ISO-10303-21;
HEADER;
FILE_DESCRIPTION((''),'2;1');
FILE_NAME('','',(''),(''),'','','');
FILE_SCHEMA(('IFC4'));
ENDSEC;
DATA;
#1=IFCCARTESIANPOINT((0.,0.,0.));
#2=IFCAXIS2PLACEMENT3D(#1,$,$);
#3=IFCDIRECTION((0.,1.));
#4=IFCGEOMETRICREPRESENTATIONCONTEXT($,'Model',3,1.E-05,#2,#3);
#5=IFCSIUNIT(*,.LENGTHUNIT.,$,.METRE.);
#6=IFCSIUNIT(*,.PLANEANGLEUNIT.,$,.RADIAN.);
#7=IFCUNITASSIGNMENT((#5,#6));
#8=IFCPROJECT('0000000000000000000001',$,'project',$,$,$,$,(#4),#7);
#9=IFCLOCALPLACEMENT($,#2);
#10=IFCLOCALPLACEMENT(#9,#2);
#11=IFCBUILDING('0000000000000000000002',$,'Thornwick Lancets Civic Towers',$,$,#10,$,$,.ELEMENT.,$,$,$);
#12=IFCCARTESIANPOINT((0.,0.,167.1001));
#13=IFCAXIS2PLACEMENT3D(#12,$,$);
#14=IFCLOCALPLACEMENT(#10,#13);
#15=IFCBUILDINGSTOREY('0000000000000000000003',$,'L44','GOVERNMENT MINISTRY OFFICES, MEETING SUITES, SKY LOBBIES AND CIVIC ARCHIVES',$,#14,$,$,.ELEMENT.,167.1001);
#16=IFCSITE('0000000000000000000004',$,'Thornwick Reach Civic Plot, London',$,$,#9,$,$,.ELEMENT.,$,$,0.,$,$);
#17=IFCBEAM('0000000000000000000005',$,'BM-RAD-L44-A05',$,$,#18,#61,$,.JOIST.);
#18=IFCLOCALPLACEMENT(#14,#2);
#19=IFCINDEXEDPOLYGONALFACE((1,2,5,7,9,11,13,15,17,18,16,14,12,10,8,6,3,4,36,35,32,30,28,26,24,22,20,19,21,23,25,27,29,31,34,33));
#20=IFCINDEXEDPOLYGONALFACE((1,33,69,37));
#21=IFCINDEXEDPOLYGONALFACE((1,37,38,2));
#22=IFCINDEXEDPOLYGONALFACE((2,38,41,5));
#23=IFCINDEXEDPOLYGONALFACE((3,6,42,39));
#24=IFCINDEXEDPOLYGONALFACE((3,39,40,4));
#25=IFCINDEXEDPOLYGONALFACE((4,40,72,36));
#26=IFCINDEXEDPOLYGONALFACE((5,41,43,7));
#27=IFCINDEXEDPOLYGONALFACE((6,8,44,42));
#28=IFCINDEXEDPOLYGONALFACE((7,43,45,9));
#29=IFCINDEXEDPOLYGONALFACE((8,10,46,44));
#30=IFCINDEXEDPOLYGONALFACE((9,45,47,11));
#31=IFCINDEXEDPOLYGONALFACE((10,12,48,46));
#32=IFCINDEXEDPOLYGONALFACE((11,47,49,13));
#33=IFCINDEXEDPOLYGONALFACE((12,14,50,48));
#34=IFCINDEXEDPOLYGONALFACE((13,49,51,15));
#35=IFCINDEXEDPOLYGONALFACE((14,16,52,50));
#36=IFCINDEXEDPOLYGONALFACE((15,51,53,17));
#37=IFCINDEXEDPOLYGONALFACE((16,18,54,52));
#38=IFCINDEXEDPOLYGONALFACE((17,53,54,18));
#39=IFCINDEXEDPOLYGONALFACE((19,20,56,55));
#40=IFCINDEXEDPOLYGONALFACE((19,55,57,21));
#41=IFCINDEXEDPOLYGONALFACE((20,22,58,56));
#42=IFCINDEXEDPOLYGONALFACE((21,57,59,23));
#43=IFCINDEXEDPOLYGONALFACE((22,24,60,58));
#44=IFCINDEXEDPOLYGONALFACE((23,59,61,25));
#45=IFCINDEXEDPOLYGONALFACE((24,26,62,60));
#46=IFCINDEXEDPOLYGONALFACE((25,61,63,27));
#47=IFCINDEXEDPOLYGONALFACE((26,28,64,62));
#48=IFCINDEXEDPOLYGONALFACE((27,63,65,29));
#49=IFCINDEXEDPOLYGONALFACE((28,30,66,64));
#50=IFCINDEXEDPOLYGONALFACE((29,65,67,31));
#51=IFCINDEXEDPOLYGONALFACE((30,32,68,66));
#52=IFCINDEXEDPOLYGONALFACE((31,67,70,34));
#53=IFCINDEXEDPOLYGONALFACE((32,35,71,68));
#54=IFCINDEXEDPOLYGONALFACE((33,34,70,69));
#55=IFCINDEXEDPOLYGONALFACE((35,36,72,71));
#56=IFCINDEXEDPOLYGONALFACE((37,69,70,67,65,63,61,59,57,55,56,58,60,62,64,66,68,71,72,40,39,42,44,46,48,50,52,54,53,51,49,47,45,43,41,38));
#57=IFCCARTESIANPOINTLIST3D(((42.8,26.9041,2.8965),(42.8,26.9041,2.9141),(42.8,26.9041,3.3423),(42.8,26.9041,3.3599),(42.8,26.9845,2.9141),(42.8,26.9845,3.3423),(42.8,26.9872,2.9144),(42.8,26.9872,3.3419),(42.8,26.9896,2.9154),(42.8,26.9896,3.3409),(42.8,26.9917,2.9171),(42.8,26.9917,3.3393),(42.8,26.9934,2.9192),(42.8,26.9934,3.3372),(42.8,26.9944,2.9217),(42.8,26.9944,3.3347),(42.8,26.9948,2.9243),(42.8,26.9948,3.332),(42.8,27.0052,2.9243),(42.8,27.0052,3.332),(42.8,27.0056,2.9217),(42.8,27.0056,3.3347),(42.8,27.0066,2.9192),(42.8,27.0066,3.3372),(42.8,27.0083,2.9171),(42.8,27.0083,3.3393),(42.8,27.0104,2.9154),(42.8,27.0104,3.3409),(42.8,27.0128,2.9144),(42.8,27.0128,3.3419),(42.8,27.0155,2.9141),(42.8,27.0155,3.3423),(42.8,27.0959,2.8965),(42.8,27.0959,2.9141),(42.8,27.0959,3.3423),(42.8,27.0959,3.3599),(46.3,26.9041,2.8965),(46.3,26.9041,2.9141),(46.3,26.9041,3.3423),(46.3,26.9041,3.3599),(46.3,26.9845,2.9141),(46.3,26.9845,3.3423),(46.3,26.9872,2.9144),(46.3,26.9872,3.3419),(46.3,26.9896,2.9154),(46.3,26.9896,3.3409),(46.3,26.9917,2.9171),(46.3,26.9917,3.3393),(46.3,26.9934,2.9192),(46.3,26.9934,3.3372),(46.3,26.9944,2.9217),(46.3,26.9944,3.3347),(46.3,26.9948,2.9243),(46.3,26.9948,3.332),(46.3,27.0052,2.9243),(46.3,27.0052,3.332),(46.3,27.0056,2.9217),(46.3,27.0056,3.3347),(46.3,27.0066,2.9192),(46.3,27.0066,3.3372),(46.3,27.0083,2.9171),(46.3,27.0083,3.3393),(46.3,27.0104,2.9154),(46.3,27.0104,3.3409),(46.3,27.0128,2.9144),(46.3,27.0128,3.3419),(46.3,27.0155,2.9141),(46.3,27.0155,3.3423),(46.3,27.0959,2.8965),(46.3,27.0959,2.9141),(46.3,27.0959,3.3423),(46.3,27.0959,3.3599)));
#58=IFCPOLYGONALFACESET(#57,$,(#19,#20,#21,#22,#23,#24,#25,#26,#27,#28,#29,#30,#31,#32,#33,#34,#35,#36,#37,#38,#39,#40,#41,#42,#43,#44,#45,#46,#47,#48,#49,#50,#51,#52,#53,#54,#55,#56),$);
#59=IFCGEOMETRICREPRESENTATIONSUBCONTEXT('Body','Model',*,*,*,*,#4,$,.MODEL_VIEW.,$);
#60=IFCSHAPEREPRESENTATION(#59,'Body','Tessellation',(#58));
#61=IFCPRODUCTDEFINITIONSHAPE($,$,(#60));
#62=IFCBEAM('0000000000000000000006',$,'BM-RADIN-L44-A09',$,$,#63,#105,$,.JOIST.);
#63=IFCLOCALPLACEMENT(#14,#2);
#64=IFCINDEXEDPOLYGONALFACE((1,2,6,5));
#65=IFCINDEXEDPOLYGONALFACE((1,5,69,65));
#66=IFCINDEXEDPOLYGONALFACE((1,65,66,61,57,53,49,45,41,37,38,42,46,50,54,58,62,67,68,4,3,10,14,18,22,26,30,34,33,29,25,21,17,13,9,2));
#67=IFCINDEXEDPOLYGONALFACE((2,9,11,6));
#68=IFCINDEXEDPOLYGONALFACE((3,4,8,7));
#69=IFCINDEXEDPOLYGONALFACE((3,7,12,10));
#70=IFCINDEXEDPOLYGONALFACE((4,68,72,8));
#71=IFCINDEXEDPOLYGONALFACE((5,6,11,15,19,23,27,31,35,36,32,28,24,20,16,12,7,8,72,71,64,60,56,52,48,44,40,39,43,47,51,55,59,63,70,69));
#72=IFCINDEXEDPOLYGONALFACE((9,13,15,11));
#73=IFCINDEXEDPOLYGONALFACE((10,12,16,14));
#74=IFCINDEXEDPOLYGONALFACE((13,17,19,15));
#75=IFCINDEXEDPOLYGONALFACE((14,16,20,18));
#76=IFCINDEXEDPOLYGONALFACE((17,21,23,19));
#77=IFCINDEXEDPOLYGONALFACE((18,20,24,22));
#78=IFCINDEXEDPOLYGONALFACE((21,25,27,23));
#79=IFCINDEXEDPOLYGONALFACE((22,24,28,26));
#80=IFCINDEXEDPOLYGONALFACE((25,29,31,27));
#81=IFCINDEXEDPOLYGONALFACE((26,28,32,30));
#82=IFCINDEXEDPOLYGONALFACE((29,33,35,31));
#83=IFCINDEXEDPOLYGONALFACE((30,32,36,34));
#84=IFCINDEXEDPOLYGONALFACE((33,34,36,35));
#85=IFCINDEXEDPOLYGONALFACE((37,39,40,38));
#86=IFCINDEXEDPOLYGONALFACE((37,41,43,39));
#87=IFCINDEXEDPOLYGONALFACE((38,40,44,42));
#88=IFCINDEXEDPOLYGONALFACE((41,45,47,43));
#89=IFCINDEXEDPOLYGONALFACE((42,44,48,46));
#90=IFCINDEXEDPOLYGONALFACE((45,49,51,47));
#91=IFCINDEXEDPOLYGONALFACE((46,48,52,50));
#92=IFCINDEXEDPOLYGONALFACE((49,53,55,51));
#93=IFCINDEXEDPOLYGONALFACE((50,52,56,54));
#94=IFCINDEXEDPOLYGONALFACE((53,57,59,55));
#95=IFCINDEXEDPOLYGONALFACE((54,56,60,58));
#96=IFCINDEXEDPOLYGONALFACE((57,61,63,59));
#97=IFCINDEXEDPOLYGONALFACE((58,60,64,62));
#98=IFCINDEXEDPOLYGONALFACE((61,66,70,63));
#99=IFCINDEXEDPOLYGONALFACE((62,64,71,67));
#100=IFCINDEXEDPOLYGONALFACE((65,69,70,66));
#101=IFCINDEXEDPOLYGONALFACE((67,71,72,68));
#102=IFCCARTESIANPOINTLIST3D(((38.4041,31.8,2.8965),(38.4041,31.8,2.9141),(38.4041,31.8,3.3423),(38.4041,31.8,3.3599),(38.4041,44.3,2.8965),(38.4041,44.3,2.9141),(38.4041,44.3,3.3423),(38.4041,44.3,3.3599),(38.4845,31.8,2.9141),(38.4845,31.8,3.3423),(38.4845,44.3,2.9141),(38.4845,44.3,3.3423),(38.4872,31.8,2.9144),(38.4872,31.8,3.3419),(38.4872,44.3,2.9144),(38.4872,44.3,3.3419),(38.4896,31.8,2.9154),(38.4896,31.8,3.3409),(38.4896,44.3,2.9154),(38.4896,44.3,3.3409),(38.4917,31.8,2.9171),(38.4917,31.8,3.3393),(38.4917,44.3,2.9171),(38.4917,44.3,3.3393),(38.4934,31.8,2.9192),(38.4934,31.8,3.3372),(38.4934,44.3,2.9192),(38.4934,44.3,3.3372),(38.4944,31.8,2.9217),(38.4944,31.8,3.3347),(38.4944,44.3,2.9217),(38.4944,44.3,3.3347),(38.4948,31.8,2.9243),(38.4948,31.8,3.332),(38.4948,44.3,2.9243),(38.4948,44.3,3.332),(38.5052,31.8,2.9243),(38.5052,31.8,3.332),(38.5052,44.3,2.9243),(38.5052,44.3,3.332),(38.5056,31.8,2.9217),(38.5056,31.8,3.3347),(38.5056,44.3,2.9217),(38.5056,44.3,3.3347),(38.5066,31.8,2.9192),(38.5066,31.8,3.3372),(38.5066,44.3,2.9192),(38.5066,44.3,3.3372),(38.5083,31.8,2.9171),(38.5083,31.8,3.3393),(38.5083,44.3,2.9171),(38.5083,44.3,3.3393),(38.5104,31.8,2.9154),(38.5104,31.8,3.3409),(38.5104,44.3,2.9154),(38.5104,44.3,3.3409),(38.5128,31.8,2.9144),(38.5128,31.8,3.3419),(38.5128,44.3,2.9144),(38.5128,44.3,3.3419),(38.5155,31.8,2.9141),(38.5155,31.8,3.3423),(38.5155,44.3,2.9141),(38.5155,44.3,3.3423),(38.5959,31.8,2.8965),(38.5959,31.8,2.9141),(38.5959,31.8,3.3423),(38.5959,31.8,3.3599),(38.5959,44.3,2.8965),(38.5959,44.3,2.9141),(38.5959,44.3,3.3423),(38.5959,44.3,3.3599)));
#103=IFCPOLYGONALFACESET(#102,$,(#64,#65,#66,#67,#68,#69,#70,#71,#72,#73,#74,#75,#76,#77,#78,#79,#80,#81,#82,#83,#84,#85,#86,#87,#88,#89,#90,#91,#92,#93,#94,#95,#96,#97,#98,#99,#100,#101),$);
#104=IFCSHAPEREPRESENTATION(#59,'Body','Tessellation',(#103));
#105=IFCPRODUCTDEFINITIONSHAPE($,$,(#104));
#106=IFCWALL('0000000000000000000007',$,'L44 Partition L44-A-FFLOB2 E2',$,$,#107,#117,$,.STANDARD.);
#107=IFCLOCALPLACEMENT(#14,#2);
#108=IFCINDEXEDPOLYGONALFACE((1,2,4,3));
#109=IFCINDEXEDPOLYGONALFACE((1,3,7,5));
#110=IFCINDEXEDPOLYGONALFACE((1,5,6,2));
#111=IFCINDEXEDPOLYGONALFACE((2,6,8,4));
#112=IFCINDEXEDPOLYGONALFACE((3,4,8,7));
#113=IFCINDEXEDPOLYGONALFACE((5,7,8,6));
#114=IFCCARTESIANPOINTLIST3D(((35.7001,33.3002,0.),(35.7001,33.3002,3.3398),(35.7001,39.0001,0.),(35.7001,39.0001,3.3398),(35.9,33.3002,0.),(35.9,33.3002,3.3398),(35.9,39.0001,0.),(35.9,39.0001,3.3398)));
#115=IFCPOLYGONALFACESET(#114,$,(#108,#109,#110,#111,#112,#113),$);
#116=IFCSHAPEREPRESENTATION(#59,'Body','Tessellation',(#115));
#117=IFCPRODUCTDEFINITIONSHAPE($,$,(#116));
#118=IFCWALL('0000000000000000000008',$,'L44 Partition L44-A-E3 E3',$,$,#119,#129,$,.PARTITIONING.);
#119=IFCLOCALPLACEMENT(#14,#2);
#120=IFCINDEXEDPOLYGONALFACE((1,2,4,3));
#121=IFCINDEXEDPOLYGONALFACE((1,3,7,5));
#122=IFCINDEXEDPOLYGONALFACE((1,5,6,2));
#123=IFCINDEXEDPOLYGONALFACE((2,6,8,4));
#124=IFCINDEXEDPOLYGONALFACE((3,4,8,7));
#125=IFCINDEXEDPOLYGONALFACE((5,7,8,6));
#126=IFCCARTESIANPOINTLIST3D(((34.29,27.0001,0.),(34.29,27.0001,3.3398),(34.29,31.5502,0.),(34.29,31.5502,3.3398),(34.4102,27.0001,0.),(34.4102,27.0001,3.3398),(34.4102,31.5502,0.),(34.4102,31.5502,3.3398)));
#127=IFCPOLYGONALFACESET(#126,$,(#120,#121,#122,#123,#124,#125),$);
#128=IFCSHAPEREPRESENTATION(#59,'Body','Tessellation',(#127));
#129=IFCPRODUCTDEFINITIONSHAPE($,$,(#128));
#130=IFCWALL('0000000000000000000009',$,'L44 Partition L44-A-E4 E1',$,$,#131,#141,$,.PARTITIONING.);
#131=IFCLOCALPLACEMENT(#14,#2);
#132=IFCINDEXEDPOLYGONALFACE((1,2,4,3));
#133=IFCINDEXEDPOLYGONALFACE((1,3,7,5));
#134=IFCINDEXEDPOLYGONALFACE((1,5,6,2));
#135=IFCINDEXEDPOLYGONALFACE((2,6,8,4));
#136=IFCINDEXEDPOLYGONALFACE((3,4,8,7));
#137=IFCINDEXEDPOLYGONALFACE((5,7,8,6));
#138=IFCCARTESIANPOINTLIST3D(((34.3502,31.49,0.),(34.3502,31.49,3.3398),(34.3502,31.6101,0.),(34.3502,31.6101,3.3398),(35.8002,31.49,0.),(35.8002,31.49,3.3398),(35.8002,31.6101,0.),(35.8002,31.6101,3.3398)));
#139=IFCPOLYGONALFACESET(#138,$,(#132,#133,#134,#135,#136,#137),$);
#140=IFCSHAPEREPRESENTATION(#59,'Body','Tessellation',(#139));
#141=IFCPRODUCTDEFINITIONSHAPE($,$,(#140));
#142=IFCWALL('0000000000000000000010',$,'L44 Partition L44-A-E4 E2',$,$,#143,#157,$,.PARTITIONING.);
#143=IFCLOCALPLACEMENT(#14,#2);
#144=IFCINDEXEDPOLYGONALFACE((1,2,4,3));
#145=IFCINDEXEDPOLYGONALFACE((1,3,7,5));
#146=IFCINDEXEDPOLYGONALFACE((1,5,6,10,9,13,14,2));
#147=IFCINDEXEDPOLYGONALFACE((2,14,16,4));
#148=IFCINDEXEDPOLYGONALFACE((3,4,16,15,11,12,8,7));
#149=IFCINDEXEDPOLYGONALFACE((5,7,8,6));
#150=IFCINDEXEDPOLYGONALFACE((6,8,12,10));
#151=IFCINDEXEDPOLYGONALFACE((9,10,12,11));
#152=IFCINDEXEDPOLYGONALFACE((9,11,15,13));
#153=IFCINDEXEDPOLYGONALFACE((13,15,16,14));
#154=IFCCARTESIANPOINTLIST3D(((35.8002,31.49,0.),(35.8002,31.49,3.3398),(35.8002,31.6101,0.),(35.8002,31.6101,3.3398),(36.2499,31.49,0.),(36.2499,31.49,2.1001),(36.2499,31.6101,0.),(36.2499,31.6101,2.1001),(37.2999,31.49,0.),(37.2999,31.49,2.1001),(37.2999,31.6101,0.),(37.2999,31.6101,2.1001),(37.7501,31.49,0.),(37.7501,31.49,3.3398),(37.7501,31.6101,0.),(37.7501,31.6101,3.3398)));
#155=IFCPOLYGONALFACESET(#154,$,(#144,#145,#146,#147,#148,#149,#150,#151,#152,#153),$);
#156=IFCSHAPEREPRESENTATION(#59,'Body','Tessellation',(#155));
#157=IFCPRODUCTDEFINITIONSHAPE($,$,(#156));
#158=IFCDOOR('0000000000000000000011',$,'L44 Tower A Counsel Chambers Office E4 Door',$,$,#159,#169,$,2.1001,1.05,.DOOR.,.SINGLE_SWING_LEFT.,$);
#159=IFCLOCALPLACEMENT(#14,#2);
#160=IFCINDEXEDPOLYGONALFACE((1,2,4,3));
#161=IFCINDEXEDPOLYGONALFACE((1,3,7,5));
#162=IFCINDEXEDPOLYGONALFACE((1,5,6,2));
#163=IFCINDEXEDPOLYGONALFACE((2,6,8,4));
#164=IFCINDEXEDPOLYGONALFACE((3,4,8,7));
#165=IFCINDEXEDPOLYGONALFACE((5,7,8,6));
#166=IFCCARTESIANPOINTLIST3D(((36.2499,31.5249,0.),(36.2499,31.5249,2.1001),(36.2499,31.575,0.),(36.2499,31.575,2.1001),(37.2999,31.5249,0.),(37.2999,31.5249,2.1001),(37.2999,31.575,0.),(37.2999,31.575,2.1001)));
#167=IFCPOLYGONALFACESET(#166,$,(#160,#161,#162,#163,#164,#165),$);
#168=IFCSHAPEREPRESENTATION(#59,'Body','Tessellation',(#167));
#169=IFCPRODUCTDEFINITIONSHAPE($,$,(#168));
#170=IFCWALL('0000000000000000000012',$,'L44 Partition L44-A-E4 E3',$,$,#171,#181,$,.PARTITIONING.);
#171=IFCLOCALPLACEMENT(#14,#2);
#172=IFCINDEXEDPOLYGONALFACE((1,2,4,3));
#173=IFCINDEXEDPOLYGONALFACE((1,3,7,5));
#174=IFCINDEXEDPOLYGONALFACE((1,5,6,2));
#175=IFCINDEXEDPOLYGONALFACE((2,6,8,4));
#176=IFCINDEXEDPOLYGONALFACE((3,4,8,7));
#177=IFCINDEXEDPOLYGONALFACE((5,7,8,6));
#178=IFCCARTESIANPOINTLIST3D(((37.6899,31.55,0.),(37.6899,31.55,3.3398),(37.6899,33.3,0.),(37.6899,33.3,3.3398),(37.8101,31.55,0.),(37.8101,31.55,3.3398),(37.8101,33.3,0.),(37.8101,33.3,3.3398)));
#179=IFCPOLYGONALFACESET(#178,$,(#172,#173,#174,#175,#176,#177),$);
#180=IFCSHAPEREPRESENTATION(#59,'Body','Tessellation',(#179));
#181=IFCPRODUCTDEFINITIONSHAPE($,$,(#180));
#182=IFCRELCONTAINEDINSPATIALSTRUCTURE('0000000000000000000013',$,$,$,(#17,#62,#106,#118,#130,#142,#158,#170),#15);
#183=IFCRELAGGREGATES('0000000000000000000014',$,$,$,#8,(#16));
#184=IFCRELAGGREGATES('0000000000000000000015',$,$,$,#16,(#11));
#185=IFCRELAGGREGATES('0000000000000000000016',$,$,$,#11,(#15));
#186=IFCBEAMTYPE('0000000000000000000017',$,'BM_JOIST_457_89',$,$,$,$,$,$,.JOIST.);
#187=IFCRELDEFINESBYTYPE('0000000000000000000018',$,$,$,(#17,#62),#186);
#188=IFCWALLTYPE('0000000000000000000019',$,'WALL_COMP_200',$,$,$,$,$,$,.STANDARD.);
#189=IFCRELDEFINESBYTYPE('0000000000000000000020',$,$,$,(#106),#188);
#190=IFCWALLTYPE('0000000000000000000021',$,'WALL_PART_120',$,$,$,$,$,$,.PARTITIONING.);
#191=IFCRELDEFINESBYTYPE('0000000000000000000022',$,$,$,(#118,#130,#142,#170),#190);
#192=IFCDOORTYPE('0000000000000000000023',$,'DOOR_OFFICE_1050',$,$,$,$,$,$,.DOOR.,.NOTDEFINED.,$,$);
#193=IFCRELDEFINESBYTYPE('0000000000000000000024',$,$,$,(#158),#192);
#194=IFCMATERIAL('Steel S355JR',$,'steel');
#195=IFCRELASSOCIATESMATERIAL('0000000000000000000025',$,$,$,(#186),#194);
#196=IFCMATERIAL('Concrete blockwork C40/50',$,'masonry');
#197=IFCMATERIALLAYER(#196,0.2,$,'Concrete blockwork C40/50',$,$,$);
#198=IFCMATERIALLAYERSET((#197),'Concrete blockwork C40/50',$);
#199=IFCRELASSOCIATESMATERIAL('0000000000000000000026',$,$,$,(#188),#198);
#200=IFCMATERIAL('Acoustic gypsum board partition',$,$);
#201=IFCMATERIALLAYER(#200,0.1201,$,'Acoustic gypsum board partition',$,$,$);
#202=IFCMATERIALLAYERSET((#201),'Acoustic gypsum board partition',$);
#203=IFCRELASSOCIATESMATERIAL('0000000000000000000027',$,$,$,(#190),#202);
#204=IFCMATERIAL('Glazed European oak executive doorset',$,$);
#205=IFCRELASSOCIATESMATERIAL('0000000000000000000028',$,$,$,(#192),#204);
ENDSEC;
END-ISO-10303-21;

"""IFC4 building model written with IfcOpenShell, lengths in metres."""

from ifc_helpers import new_model, si_unit, direction, frame, frame_2d, origin, origin_2d, place, context, subcontext, project, spatial, rectangle, i_section, extrude, material, layer, layer_set, material_profile, profile_set, type_object, element, fill, save


model = new_model("IFC4")

# Units and contexts
model_context = context("Model", 3, precision=1e-05, world=origin(), true_north=direction((0.0, 1.0)))
body_context = subcontext(model_context, "Body", "Model", "MODEL_VIEW")
ifc_project = project(units=[si_unit("LENGTHUNIT", "METRE"), si_unit("PLANEANGLEUNIT", "RADIAN")], contexts=[model_context])

# Site, building, storey
site_placement = place(None, origin())
site = spatial("IfcSite", under=ifc_project, at=site_placement, Name="Thornwick Reach Civic Plot, London", CompositionType="ELEMENT", RefElevation=0.0)
building_placement = place(site_placement, origin())
building = spatial("IfcBuilding", under=site, at=building_placement, Name="Thornwick Lancets Civic Towers", CompositionType="ELEMENT")
storey_placement = place(building_placement, frame((0.0, 0.0, 167.1001)))
storey = spatial("IfcBuildingStorey", under=building, at=storey_placement, Name="L44", Description="GOVERNMENT MINISTRY OFFICES, MEETING SUITES, SKY LOBBIES AND CIVIC ARCHIVES", CompositionType="ELEMENT", Elevation=167.1001)

# Beams
ifc_material_1 = material(Name="Steel S355JR", Category="steel")
ifc_material_profile_1 = material_profile(ifc_material_1, i_section(OverallWidth=0.1919, OverallDepth=0.4634, WebThickness=0.0105, FlangeThickness=0.0176, FilletRadius=0.0103, at=origin_2d()), Name="UKB 457x191x89")
ifc_profile_set_1 = profile_set([ifc_material_profile_1], Name="Steel S355JR")
beam_type_1 = type_object("IfcBeamType", Name="BM_JOIST_457_89", PredefinedType="JOIST", material=ifc_profile_set_1)
beam_1_placement = place(storey_placement, frame((42.8, 27.0, 3.1282), z_axis=(1.0, 0.0, 0.0), x_axis=(0.0, 1.0, 0.0)))
element("IfcBeam", 1, at=beam_1_placement, inside=storey, type_object=beam_type_1, Name="BM-RAD-L44-A05", PredefinedType="JOIST", context=body_context, shape_type="SweptSolid", body=[
    extrude(i_section(OverallWidth=0.1919, OverallDepth=0.4634, WebThickness=0.0105, FlangeThickness=0.0176, FilletRadius=0.0103, at=origin_2d()), origin(), (0.0, 0.0, 1.0), 3.5),
])
beam_2_placement = place(storey_placement, frame((38.5, 31.8, 3.1282), z_axis=(0.0, 1.0, 0.0), x_axis=(-1.0, 0.0, 0.0)))
element("IfcBeam", 2, at=beam_2_placement, inside=storey, type_object=beam_type_1, Name="BM-RADIN-L44-A09", PredefinedType="JOIST", context=body_context, shape_type="SweptSolid", body=[
    extrude(i_section(OverallWidth=0.1919, OverallDepth=0.4634, WebThickness=0.0105, FlangeThickness=0.0176, FilletRadius=0.0103, at=origin_2d()), origin(), (0.0, 0.0, 1.0), 12.5),
])

# Walls
ifc_material_2 = material(Name="Concrete blockwork C40/50", Category="masonry")
ifc_layer_1 = layer(ifc_material_2, 0.2, Name="Concrete blockwork C40/50")
ifc_layer_set_1 = layer_set([ifc_layer_1], Name="Concrete blockwork C40/50")
wall_type_1 = type_object("IfcWallType", Name="WALL_COMP_200", PredefinedType="STANDARD", material=ifc_layer_set_1)
wall_1_placement = place(storey_placement, frame((35.8, 33.3, 0.0), z_axis=(0.0, 0.0, 1.0), x_axis=(0.0, 1.0, 0.0)))
element("IfcWall", 3, at=wall_1_placement, inside=storey, type_object=wall_type_1, Name="L44 Partition L44-A-FFLOB2 E2", PredefinedType="STANDARD", context=body_context, shape_type="SweptSolid", body=[
    extrude(rectangle(XDim=5.7, YDim=0.2, at=frame_2d((2.8501, 0.0))), origin(), (0.0, 0.0, 1.0), 3.3398),
])
ifc_material_3 = material(Name="Acoustic gypsum board partition")
ifc_layer_2 = layer(ifc_material_3, 0.1201, Name="Acoustic gypsum board partition")
ifc_layer_set_2 = layer_set([ifc_layer_2], Name="Acoustic gypsum board partition")
wall_type_2 = type_object("IfcWallType", Name="WALL_PART_120", PredefinedType="PARTITIONING", material=ifc_layer_set_2)
wall_2_placement = place(storey_placement, frame((34.3501, 31.55, 0.0), z_axis=(0.0, 0.0, 1.0), x_axis=(0.0, -1.0, 0.0)))
element("IfcWall", 4, at=wall_2_placement, inside=storey, type_object=wall_type_2, Name="L44 Partition L44-A-E3 E3", PredefinedType="PARTITIONING", context=body_context, shape_type="SweptSolid", body=[
    extrude(rectangle(XDim=4.55, YDim=0.1201, at=frame_2d((2.2749, 0.0))), origin(), (0.0, 0.0, 1.0), 3.3398),
])
wall_3_placement = place(storey_placement, frame((34.3501, 31.55, 0.0), z_axis=(0.0, 0.0, 1.0), x_axis=(1.0, 0.0, 0.0)))
element("IfcWall", 5, at=wall_3_placement, inside=storey, type_object=wall_type_2, Name="L44 Partition L44-A-E4 E1", PredefinedType="PARTITIONING", context=body_context, shape_type="SweptSolid", body=[
    extrude(rectangle(XDim=1.45, YDim=0.1201, at=frame_2d((0.7251, 0.0))), origin(), (0.0, 0.0, 1.0), 3.3398),
])

# Wall, opening, door
wall_4_placement = place(storey_placement, frame((35.8, 31.55, 0.0), z_axis=(0.0, 0.0, 1.0), x_axis=(1.0, 0.0, 0.0)))
wall_4 = element("IfcWall", 6, at=wall_4_placement, inside=storey, type_object=wall_type_2, Name="L44 Partition L44-A-E4 E2", PredefinedType="PARTITIONING", context=body_context, shape_type="SweptSolid", body=[
    extrude(rectangle(XDim=1.95, YDim=0.1201, at=frame_2d((0.9751, 0.0))), origin(), (0.0, 0.0, 1.0), 3.3398),
])
opening_placement = place(wall_4_placement, frame((0.45, 0.0, 0.0)))
opening = element("IfcOpeningElement", 7, at=opening_placement, cuts=wall_4, PredefinedType="OPENING", context=body_context, shape_type="SweptSolid", body=[
    extrude(rectangle(XDim=1.05, YDim=2.1001, at=frame_2d((0.5249, 1.05))), frame((0.0, 0.0701, 0.0), z_axis=(0.0, -1.0, 0.0), x_axis=(1.0, 0.0, 0.0)), (0.0, 0.0, 1.0), 0.1401),
])
ifc_material_4 = material(Name="Glazed European oak executive doorset")
door_type = type_object("IfcDoorType", Name="DOOR_OFFICE_1050", OperationType="NOTDEFINED", PredefinedType="DOOR", material=ifc_material_4)
door_placement = place(opening_placement, origin())
door = element("IfcDoor", 8, at=door_placement, inside=storey, type_object=door_type, Name="L44 Tower A Counsel Chambers Office E4 Door", OperationType="SINGLE_SWING_LEFT", OverallHeight=2.1001, OverallWidth=1.05, PredefinedType="DOOR", context=body_context, shape_type="SweptSolid", body=[
    extrude(rectangle(XDim=1.05, YDim=2.1001, at=frame_2d((0.5249, 1.05))), frame((0.0, 0.0249, 0.0), z_axis=(0.0, -1.0, 0.0), x_axis=(1.0, 0.0, 0.0)), (0.0, 0.0, 1.0), 0.05),
])
fill(opening, door)

# Wall
wall_5_placement = place(storey_placement, frame((37.75, 31.55, 0.0), z_axis=(0.0, 0.0, 1.0), x_axis=(0.0, 1.0, 0.0)))
element("IfcWall", 9, at=wall_5_placement, inside=storey, type_object=wall_type_2, Name="L44 Partition L44-A-E4 E3", PredefinedType="PARTITIONING", context=body_context, shape_type="SweptSolid", body=[
    extrude(rectangle(XDim=1.75, YDim=0.1201, at=frame_2d((0.875, 0.0))), origin(), (0.0, 0.0, 1.0), 3.3398),
])

save(model, "model.ifc")
